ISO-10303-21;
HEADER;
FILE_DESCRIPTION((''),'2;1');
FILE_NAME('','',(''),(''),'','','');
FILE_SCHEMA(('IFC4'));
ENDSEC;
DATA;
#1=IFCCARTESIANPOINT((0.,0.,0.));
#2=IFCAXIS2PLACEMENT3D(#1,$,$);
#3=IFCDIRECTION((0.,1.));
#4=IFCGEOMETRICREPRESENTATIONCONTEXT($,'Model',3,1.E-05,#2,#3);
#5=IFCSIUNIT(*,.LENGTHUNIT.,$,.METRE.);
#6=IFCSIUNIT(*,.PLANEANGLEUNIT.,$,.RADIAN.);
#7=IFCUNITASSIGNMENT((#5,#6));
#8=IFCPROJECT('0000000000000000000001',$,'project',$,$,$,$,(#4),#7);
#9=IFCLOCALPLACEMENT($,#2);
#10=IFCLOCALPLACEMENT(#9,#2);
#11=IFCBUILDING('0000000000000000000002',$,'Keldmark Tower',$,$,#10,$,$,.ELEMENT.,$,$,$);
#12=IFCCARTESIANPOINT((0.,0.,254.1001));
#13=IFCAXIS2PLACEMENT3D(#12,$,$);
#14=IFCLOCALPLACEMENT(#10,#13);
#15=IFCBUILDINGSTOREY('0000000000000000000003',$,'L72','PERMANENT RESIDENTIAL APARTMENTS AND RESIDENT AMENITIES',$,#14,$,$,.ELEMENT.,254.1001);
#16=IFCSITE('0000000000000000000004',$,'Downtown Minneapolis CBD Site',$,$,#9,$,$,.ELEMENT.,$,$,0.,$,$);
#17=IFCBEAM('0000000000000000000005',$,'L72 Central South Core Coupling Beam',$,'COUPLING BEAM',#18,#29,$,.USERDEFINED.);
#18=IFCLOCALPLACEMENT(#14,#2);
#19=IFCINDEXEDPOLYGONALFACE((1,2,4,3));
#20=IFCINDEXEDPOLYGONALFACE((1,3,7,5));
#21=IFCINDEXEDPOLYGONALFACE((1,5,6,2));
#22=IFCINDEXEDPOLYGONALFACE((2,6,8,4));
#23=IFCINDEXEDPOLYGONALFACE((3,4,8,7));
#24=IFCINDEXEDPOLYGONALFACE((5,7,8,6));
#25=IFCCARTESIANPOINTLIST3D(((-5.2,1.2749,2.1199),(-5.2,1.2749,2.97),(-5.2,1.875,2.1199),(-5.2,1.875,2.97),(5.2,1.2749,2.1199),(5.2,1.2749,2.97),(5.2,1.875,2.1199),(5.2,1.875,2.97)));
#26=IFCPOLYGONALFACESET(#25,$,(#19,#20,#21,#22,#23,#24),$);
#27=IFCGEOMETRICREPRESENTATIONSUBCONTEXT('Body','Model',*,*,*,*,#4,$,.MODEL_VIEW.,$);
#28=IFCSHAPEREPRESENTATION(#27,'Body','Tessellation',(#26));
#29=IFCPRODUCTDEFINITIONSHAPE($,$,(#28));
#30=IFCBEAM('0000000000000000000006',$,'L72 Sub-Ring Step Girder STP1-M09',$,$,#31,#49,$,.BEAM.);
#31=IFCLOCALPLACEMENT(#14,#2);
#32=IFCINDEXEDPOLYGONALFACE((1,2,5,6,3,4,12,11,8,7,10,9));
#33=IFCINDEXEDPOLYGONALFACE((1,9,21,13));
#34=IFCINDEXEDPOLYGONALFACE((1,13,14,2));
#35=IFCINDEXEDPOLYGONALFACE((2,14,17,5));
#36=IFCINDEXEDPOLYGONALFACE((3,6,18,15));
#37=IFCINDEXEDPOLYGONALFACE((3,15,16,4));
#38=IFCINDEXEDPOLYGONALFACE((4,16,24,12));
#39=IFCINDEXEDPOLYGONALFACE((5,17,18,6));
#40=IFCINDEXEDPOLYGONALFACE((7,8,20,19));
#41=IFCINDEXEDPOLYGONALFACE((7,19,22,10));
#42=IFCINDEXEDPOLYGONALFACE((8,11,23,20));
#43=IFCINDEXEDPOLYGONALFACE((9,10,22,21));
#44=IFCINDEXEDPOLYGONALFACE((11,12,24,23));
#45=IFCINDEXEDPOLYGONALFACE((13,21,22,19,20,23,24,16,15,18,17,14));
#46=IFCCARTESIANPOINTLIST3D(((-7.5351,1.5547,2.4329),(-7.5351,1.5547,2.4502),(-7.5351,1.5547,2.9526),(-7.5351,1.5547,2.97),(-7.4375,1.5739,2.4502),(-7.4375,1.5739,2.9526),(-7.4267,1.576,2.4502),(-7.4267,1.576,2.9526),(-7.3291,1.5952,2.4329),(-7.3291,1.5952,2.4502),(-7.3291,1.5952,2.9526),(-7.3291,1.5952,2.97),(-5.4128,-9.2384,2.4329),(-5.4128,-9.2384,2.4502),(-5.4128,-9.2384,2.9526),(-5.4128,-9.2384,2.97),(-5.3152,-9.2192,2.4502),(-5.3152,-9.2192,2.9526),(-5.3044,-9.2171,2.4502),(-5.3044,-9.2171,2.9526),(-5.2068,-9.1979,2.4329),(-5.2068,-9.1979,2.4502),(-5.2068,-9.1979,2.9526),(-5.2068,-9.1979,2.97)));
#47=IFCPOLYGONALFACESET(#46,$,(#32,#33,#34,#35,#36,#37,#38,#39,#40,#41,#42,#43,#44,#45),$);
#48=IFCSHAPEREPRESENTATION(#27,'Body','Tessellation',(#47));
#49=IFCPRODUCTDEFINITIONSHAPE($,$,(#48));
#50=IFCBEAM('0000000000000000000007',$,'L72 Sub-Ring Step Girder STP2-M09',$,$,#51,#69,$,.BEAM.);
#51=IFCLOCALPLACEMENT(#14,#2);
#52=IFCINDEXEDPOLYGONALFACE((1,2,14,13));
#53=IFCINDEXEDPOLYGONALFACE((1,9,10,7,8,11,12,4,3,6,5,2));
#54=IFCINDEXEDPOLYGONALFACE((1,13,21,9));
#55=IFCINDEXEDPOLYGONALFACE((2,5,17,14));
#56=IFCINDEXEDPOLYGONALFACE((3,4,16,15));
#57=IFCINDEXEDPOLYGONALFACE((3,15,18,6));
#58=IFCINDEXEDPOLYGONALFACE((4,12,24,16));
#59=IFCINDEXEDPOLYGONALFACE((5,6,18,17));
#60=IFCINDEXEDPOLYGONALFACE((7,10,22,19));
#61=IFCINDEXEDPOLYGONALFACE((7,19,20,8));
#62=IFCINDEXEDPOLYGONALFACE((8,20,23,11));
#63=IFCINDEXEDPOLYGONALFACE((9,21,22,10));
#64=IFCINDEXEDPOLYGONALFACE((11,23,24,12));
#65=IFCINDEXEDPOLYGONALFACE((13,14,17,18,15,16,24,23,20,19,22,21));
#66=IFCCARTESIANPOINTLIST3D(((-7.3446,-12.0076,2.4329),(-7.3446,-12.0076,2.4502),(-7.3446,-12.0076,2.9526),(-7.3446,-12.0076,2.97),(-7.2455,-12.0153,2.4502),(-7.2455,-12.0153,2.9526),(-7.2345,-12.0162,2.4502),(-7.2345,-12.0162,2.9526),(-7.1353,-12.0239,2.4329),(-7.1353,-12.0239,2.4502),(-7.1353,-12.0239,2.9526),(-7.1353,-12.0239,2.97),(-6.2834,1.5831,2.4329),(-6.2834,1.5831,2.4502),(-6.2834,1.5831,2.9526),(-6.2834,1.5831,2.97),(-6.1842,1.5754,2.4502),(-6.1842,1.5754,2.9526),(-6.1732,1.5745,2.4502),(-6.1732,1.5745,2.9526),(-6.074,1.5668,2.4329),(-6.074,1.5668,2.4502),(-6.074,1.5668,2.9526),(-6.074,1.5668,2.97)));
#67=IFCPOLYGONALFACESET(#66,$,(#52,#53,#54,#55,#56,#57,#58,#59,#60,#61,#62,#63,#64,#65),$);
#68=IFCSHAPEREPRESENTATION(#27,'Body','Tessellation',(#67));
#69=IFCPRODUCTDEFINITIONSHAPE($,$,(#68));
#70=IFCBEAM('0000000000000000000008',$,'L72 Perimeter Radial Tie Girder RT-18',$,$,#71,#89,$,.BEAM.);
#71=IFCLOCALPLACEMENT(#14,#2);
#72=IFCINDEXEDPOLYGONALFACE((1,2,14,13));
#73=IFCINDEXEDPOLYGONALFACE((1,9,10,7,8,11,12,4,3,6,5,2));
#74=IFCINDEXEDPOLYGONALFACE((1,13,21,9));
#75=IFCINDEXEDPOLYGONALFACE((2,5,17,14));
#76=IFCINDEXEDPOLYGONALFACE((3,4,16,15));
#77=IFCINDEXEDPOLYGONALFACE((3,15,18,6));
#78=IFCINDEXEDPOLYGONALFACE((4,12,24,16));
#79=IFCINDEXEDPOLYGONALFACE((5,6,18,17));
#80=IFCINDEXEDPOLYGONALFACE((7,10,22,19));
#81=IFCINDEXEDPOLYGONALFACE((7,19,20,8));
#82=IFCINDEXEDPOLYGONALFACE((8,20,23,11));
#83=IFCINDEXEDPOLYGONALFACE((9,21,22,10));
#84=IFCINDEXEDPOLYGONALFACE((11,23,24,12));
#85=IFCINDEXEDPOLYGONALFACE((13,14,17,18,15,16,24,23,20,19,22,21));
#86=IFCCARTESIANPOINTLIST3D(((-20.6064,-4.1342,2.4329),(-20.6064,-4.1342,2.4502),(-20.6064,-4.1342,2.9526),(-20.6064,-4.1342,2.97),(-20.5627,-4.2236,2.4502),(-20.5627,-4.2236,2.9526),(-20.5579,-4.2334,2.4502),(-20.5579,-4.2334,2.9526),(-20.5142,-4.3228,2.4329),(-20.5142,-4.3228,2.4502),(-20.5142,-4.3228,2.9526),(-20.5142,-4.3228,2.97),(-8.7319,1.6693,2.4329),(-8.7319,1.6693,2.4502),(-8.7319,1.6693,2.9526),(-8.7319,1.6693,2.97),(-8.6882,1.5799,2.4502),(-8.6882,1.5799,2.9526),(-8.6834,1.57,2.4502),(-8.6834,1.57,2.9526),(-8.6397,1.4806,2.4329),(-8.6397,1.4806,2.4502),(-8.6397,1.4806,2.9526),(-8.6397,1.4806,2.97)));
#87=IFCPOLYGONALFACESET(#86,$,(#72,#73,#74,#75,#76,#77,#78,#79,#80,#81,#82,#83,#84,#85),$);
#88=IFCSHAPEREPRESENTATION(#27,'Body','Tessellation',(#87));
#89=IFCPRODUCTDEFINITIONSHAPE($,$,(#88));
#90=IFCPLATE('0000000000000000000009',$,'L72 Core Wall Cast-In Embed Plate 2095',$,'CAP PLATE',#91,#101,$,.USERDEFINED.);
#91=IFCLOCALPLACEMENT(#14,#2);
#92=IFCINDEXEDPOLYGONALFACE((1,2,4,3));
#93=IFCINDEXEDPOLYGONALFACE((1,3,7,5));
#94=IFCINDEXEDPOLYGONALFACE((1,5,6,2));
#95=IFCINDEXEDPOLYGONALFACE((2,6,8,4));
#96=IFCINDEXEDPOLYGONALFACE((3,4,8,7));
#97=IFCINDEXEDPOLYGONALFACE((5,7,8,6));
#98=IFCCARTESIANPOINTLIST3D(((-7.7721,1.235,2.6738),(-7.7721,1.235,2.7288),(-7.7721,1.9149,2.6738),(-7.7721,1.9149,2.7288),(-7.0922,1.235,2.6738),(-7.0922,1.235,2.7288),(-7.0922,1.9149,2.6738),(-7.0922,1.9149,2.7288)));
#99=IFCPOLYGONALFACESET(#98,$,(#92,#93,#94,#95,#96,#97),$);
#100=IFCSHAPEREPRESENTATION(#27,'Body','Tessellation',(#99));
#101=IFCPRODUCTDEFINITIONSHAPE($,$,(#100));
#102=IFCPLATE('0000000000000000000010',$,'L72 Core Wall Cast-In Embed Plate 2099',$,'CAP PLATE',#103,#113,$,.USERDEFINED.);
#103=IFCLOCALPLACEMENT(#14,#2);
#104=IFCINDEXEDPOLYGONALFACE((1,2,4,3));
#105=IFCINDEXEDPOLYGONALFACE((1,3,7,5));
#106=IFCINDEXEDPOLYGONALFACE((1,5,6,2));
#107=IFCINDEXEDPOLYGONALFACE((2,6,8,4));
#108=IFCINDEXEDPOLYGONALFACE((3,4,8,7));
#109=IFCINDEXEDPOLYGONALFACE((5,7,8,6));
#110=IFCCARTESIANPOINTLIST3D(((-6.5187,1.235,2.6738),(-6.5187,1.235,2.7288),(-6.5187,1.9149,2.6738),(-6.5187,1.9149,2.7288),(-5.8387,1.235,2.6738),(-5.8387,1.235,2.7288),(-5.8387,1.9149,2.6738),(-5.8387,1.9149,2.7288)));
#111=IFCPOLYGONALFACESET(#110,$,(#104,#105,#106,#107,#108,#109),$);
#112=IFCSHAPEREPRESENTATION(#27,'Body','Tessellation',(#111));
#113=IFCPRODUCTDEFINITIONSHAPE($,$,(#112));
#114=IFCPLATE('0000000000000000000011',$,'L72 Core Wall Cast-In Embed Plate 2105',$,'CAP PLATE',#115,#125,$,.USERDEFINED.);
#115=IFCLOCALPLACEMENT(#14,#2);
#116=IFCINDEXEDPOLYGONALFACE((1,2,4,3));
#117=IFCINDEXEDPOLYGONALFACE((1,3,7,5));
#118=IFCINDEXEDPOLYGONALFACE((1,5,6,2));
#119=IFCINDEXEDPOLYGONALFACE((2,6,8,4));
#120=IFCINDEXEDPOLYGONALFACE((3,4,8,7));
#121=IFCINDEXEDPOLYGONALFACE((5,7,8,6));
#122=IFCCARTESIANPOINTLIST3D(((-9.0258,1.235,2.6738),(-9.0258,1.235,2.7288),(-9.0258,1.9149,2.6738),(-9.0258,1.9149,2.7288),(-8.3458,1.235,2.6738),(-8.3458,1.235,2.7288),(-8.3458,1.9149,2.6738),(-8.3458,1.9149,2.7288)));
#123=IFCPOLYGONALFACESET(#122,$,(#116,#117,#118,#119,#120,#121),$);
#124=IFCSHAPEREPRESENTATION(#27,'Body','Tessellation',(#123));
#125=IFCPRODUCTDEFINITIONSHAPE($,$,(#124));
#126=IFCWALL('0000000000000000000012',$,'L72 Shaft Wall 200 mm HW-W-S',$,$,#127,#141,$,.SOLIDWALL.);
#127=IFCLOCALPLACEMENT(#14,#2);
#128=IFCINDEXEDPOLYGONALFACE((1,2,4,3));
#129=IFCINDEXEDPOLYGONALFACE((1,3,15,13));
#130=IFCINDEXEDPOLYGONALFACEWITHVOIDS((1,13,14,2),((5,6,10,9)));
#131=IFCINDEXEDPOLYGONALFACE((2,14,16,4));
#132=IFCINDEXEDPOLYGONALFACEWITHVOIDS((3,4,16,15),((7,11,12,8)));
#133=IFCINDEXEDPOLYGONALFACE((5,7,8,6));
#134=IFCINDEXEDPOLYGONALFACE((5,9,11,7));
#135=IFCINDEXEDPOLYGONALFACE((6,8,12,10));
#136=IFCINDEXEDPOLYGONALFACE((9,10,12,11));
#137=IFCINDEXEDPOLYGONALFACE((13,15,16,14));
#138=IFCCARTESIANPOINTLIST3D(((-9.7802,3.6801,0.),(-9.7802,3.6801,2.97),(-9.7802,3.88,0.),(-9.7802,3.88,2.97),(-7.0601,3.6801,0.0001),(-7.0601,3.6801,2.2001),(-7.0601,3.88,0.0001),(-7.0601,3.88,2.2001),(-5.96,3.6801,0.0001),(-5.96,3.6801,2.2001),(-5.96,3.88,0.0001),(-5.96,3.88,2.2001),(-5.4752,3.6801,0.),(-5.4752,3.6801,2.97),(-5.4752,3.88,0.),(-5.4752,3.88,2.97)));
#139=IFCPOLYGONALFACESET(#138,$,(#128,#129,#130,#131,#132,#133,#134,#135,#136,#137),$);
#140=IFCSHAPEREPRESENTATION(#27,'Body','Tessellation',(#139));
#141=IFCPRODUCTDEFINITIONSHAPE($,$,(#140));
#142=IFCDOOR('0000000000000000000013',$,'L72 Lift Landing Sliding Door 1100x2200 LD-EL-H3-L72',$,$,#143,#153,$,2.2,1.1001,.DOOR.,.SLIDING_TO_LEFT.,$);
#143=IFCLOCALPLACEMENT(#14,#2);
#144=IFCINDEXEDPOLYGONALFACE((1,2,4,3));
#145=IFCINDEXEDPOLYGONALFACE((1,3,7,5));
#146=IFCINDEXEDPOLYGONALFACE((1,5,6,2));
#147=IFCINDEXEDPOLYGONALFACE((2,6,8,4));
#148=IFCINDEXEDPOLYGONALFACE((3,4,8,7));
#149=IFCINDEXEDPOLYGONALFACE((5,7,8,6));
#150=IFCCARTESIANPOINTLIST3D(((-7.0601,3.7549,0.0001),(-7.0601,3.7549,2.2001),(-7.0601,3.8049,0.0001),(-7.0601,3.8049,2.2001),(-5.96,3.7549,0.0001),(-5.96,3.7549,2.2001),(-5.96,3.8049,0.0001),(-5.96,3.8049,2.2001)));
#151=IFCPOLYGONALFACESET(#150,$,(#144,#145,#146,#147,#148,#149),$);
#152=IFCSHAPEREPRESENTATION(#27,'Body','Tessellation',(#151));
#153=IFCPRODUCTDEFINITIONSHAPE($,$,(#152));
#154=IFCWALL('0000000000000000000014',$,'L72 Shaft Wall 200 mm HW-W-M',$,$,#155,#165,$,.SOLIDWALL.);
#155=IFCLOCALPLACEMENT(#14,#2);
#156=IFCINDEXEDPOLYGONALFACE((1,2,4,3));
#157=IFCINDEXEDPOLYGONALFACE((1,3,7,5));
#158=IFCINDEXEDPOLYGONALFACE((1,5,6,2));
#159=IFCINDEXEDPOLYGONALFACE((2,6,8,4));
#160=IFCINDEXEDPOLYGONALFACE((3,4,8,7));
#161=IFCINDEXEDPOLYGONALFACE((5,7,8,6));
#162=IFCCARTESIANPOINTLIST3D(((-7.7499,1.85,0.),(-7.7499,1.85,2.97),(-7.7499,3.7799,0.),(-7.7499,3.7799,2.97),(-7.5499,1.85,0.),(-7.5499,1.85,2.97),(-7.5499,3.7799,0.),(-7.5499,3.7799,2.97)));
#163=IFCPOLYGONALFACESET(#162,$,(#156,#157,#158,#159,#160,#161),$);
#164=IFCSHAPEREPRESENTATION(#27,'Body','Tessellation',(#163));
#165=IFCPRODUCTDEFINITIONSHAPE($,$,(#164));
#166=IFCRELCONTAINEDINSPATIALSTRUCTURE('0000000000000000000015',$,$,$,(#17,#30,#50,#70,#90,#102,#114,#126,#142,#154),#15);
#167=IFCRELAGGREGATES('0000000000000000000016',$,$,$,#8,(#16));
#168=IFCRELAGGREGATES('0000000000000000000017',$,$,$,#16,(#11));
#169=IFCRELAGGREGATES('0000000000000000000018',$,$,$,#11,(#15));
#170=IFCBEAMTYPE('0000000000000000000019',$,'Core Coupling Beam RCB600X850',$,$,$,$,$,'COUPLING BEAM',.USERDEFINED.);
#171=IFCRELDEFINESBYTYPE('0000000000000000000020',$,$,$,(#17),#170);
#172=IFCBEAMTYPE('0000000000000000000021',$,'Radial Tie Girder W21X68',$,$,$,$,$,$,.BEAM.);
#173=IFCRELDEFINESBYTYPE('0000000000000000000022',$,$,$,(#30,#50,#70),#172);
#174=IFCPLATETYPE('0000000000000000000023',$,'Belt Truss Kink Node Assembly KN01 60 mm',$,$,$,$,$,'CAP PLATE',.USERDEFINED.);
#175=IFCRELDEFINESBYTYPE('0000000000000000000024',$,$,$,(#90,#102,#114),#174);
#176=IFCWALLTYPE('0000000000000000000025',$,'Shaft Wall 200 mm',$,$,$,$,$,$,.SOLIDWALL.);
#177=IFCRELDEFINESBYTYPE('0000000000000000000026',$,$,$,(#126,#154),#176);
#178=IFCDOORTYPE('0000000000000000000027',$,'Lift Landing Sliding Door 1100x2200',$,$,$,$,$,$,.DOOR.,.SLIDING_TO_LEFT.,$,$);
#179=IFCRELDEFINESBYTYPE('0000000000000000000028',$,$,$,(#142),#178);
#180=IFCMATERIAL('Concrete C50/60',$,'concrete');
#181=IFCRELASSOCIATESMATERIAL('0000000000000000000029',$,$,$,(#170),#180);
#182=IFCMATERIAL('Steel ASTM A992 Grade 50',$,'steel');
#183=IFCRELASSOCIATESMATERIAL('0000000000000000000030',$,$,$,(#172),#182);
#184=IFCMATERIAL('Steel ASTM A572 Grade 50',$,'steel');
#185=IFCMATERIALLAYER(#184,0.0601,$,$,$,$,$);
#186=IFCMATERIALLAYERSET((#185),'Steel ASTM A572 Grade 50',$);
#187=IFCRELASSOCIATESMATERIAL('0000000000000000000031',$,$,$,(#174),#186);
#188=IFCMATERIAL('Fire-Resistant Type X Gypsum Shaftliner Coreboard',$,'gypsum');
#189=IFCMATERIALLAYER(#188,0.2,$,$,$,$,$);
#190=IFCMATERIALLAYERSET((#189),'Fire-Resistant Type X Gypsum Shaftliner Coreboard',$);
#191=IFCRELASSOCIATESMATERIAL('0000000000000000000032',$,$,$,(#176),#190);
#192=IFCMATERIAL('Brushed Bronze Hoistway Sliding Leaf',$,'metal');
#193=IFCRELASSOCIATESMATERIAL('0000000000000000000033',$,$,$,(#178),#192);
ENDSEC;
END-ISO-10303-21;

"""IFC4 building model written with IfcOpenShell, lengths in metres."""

from ifc_helpers import new_model, si_unit, direction, frame, frame_2d, origin, origin_2d, place, context, subcontext, project, spatial, rectangle, i_section, extrude, material, layer, layer_set, material_profile, profile_set, type_object, element, fill, save


model = new_model("IFC4")

# Units and contexts
model_context = context("Model", 3, precision=1e-05, world=origin(), true_north=direction((0.0, 1.0)))
body_context = subcontext(model_context, "Body", "Model", "MODEL_VIEW")
ifc_project = project(units=[si_unit("LENGTHUNIT", "METRE"), si_unit("PLANEANGLEUNIT", "RADIAN")], contexts=[model_context])

# Site, building, storey
site_placement = place(None, origin())
site = spatial("IfcSite", under=ifc_project, at=site_placement, Name="Downtown Minneapolis CBD Site", CompositionType="ELEMENT", RefElevation=0.0)
building_placement = place(site_placement, origin())
building = spatial("IfcBuilding", under=site, at=building_placement, Name="Keldmark Tower", CompositionType="ELEMENT")
storey_placement = place(building_placement, frame((0.0, 0.0, 254.1001)))
storey = spatial("IfcBuildingStorey", under=building, at=storey_placement, Name="L72", Description="PERMANENT RESIDENTIAL APARTMENTS AND RESIDENT AMENITIES", CompositionType="ELEMENT", Elevation=254.1001)

# Beams
ifc_material_1 = material(Name="Concrete C50/60", Category="concrete")
ifc_material_profile_1 = material_profile(ifc_material_1, rectangle(XDim=0.6001, YDim=0.8501, at=origin_2d()), Name="RCB600X850")
ifc_profile_set_1 = profile_set([ifc_material_profile_1], Name="Concrete C50/60")
beam_type_1 = type_object("IfcBeamType", Name="Core Coupling Beam RCB600X850", ElementType="COUPLING BEAM", PredefinedType="USERDEFINED", material=ifc_profile_set_1)
beam_1_placement = place(storey_placement, frame((-5.2, 1.575, 2.5449), z_axis=(1.0, 0.0, 0.0), x_axis=(0.0, 1.0, 0.0)))
element("IfcBeam", 1, at=beam_1_placement, inside=storey, type_object=beam_type_1, Name="L72 Central South Core Coupling Beam", ObjectType="COUPLING BEAM", PredefinedType="USERDEFINED", context=body_context, shape_type="SweptSolid", body=[
    extrude(rectangle(XDim=0.6001, YDim=0.8501, at=origin_2d()), origin(), (0.0, 0.0, 1.0), 10.3999),
])
ifc_material_2 = material(Name="Steel ASTM A992 Grade 50", Category="steel")
ifc_material_profile_2 = material_profile(ifc_material_2, i_section(OverallWidth=0.21, OverallDepth=0.5371, WebThickness=0.011, FlangeThickness=0.0173, at=origin_2d()), Name="W21X68")
ifc_profile_set_2 = profile_set([ifc_material_profile_2], Name="Steel ASTM A992 Grade 50")
beam_type_2 = type_object("IfcBeamType", Name="Radial Tie Girder W21X68", PredefinedType="BEAM", material=ifc_profile_set_2)
beam_2_placement = place(storey_placement, frame((-7.4321, 1.575, 2.7014), z_axis=(0.192944, -0.98121, 0.0), x_axis=(0.98121, 0.192944, 0.0)))
element("IfcBeam", 2, at=beam_2_placement, inside=storey, type_object=beam_type_2, Name="L72 Sub-Ring Step Girder STP1-M09", PredefinedType="BEAM", context=body_context, shape_type="SweptSolid", body=[
    extrude(i_section(OverallWidth=0.21, OverallDepth=0.5371, WebThickness=0.011, FlangeThickness=0.0173, at=origin_2d()), origin(), (0.0, 0.0, 1.0), 10.9998),
])
beam_3_placement = place(storey_placement, frame((-6.1787, 1.575, 2.7014), z_axis=(-0.077851, -0.996965, 0.0), x_axis=(0.996965, -0.077851, 0.0)))
element("IfcBeam", 3, at=beam_3_placement, inside=storey, type_object=beam_type_2, Name="L72 Sub-Ring Step Girder STP2-M09", PredefinedType="BEAM", context=body_context, shape_type="SweptSolid", body=[
    extrude(i_section(OverallWidth=0.21, OverallDepth=0.5371, WebThickness=0.011, FlangeThickness=0.0173, at=origin_2d()), origin(), (0.0, 0.0, 1.0), 13.6321),
])
beam_4_placement = place(storey_placement, frame((-8.6858, 1.575, 2.7014), z_axis=(-0.89844, -0.439097, 0.0), x_axis=(0.439097, -0.89844, 0.0)))
element("IfcBeam", 4, at=beam_4_placement, inside=storey, type_object=beam_type_2, Name="L72 Perimeter Radial Tie Girder RT-18", PredefinedType="BEAM", context=body_context, shape_type="SweptSolid", body=[
    extrude(i_section(OverallWidth=0.21, OverallDepth=0.5371, WebThickness=0.011, FlangeThickness=0.0173, at=origin_2d()), origin(), (0.0, 0.0, 1.0), 13.2168),
])

# Plates
ifc_material_3 = material(Name="Steel ASTM A572 Grade 50", Category="steel")
ifc_layer_1 = layer(ifc_material_3, 0.0601)
ifc_layer_set_1 = layer_set([ifc_layer_1], Name="Steel ASTM A572 Grade 50")
plate_type = type_object("IfcPlateType", Name="Belt Truss Kink Node Assembly KN01 60 mm", ElementType="CAP PLATE", PredefinedType="USERDEFINED", material=ifc_layer_set_1)
for number, where, z_axis, x_axis, name in (
    (5, (-7.4321, 1.575, 2.6738), (0.0, 0.0, 1.0), (1.0, 0.0, 0.0), "L72 Core Wall Cast-In Embed Plate 2095"),
    (6, (-6.1787, 1.575, 2.6738), (0.0, 0.0, 1.0), (1.0, 0.0, 0.0), "L72 Core Wall Cast-In Embed Plate 2099"),
    (7, (-8.6858, 1.575, 2.6738), (0.0, 0.0, 1.0), (1.0, 0.0, 0.0), "L72 Core Wall Cast-In Embed Plate 2105"),
):
    element("IfcPlate", number, at=place(storey_placement, frame(where, z_axis=z_axis, x_axis=x_axis)), inside=storey, type_object=plate_type, Name=name, ObjectType="CAP PLATE", PredefinedType="USERDEFINED", context=body_context, shape_type="SweptSolid", body=[
        extrude(rectangle(XDim=0.6799, YDim=0.6799, at=origin_2d()), origin(), (0.0, 0.0, 1.0), 0.0549),
    ])

# Wall, opening, door
ifc_material_4 = material(Name="Fire-Resistant Type X Gypsum Shaftliner Coreboard", Category="gypsum")
ifc_layer_2 = layer(ifc_material_4, 0.2)
ifc_layer_set_2 = layer_set([ifc_layer_2], Name="Fire-Resistant Type X Gypsum Shaftliner Coreboard")
wall_type_1 = type_object("IfcWallType", Name="Shaft Wall 200 mm", PredefinedType="SOLIDWALL", material=ifc_layer_set_2)
wall_1_placement = place(storey_placement, frame((-9.78, 3.78, 0.0), z_axis=(0.0, 0.0, 1.0), x_axis=(1.0, 0.0, 0.0)))
wall_1 = element("IfcWall", 8, at=wall_1_placement, inside=storey, type_object=wall_type_1, Name="L72 Shaft Wall 200 mm HW-W-S", PredefinedType="SOLIDWALL", context=body_context, shape_type="SweptSolid", body=[
    extrude(rectangle(XDim=4.3049, YDim=0.2, at=frame_2d((2.1523, 0.0))), origin(), (0.0, 0.0, 1.0), 2.97),
])
opening_1_placement = place(wall_1_placement, frame((2.72, 0.0, 0.0)))
opening_1 = element("IfcOpeningElement", 9, at=opening_1_placement, cuts=wall_1, PredefinedType="OPENING", context=body_context, shape_type="SweptSolid", body=[
    extrude(rectangle(XDim=1.1001, YDim=2.2, at=frame_2d((0.55, 1.1001))), frame((0.0, 0.1099, 0.0), z_axis=(0.0, -1.0, 0.0), x_axis=(1.0, 0.0, 0.0)), (0.0, 0.0, 1.0), 0.22),
])
ifc_material_5 = material(Name="Brushed Bronze Hoistway Sliding Leaf", Category="metal")
door_type = type_object("IfcDoorType", Name="Lift Landing Sliding Door 1100x2200", OperationType="SLIDING_TO_LEFT", PredefinedType="DOOR", material=ifc_material_5)
door_1_placement = place(opening_1_placement, origin())
door_1 = element("IfcDoor", 10, at=door_1_placement, inside=storey, type_object=door_type, Name="L72 Lift Landing Sliding Door 1100x2200 LD-EL-H3-L72", OperationType="SLIDING_TO_LEFT", OverallHeight=2.2, OverallWidth=1.1001, PredefinedType="DOOR", context=body_context, shape_type="SweptSolid", body=[
    extrude(rectangle(XDim=1.1001, YDim=2.2, at=frame_2d((0.55, 1.1001))), frame((0.0, 0.0249, 0.0), z_axis=(0.0, -1.0, 0.0), x_axis=(1.0, 0.0, 0.0)), (0.0, 0.0, 1.0), 0.05),
])
fill(opening_1, door_1)

# Wall
wall_2_placement = place(storey_placement, frame((-7.6499, 1.8501, 0.0), z_axis=(0.0, 0.0, 1.0), x_axis=(0.0, 1.0, 0.0)))
element("IfcWall", 11, at=wall_2_placement, inside=storey, type_object=wall_type_1, Name="L72 Shaft Wall 200 mm HW-W-M", PredefinedType="SOLIDWALL", context=body_context, shape_type="SweptSolid", body=[
    extrude(rectangle(XDim=1.9299, YDim=0.2, at=frame_2d((0.9648, 0.0))), origin(), (0.0, 0.0, 1.0), 2.97),
])

save(model, "model.ifc")
